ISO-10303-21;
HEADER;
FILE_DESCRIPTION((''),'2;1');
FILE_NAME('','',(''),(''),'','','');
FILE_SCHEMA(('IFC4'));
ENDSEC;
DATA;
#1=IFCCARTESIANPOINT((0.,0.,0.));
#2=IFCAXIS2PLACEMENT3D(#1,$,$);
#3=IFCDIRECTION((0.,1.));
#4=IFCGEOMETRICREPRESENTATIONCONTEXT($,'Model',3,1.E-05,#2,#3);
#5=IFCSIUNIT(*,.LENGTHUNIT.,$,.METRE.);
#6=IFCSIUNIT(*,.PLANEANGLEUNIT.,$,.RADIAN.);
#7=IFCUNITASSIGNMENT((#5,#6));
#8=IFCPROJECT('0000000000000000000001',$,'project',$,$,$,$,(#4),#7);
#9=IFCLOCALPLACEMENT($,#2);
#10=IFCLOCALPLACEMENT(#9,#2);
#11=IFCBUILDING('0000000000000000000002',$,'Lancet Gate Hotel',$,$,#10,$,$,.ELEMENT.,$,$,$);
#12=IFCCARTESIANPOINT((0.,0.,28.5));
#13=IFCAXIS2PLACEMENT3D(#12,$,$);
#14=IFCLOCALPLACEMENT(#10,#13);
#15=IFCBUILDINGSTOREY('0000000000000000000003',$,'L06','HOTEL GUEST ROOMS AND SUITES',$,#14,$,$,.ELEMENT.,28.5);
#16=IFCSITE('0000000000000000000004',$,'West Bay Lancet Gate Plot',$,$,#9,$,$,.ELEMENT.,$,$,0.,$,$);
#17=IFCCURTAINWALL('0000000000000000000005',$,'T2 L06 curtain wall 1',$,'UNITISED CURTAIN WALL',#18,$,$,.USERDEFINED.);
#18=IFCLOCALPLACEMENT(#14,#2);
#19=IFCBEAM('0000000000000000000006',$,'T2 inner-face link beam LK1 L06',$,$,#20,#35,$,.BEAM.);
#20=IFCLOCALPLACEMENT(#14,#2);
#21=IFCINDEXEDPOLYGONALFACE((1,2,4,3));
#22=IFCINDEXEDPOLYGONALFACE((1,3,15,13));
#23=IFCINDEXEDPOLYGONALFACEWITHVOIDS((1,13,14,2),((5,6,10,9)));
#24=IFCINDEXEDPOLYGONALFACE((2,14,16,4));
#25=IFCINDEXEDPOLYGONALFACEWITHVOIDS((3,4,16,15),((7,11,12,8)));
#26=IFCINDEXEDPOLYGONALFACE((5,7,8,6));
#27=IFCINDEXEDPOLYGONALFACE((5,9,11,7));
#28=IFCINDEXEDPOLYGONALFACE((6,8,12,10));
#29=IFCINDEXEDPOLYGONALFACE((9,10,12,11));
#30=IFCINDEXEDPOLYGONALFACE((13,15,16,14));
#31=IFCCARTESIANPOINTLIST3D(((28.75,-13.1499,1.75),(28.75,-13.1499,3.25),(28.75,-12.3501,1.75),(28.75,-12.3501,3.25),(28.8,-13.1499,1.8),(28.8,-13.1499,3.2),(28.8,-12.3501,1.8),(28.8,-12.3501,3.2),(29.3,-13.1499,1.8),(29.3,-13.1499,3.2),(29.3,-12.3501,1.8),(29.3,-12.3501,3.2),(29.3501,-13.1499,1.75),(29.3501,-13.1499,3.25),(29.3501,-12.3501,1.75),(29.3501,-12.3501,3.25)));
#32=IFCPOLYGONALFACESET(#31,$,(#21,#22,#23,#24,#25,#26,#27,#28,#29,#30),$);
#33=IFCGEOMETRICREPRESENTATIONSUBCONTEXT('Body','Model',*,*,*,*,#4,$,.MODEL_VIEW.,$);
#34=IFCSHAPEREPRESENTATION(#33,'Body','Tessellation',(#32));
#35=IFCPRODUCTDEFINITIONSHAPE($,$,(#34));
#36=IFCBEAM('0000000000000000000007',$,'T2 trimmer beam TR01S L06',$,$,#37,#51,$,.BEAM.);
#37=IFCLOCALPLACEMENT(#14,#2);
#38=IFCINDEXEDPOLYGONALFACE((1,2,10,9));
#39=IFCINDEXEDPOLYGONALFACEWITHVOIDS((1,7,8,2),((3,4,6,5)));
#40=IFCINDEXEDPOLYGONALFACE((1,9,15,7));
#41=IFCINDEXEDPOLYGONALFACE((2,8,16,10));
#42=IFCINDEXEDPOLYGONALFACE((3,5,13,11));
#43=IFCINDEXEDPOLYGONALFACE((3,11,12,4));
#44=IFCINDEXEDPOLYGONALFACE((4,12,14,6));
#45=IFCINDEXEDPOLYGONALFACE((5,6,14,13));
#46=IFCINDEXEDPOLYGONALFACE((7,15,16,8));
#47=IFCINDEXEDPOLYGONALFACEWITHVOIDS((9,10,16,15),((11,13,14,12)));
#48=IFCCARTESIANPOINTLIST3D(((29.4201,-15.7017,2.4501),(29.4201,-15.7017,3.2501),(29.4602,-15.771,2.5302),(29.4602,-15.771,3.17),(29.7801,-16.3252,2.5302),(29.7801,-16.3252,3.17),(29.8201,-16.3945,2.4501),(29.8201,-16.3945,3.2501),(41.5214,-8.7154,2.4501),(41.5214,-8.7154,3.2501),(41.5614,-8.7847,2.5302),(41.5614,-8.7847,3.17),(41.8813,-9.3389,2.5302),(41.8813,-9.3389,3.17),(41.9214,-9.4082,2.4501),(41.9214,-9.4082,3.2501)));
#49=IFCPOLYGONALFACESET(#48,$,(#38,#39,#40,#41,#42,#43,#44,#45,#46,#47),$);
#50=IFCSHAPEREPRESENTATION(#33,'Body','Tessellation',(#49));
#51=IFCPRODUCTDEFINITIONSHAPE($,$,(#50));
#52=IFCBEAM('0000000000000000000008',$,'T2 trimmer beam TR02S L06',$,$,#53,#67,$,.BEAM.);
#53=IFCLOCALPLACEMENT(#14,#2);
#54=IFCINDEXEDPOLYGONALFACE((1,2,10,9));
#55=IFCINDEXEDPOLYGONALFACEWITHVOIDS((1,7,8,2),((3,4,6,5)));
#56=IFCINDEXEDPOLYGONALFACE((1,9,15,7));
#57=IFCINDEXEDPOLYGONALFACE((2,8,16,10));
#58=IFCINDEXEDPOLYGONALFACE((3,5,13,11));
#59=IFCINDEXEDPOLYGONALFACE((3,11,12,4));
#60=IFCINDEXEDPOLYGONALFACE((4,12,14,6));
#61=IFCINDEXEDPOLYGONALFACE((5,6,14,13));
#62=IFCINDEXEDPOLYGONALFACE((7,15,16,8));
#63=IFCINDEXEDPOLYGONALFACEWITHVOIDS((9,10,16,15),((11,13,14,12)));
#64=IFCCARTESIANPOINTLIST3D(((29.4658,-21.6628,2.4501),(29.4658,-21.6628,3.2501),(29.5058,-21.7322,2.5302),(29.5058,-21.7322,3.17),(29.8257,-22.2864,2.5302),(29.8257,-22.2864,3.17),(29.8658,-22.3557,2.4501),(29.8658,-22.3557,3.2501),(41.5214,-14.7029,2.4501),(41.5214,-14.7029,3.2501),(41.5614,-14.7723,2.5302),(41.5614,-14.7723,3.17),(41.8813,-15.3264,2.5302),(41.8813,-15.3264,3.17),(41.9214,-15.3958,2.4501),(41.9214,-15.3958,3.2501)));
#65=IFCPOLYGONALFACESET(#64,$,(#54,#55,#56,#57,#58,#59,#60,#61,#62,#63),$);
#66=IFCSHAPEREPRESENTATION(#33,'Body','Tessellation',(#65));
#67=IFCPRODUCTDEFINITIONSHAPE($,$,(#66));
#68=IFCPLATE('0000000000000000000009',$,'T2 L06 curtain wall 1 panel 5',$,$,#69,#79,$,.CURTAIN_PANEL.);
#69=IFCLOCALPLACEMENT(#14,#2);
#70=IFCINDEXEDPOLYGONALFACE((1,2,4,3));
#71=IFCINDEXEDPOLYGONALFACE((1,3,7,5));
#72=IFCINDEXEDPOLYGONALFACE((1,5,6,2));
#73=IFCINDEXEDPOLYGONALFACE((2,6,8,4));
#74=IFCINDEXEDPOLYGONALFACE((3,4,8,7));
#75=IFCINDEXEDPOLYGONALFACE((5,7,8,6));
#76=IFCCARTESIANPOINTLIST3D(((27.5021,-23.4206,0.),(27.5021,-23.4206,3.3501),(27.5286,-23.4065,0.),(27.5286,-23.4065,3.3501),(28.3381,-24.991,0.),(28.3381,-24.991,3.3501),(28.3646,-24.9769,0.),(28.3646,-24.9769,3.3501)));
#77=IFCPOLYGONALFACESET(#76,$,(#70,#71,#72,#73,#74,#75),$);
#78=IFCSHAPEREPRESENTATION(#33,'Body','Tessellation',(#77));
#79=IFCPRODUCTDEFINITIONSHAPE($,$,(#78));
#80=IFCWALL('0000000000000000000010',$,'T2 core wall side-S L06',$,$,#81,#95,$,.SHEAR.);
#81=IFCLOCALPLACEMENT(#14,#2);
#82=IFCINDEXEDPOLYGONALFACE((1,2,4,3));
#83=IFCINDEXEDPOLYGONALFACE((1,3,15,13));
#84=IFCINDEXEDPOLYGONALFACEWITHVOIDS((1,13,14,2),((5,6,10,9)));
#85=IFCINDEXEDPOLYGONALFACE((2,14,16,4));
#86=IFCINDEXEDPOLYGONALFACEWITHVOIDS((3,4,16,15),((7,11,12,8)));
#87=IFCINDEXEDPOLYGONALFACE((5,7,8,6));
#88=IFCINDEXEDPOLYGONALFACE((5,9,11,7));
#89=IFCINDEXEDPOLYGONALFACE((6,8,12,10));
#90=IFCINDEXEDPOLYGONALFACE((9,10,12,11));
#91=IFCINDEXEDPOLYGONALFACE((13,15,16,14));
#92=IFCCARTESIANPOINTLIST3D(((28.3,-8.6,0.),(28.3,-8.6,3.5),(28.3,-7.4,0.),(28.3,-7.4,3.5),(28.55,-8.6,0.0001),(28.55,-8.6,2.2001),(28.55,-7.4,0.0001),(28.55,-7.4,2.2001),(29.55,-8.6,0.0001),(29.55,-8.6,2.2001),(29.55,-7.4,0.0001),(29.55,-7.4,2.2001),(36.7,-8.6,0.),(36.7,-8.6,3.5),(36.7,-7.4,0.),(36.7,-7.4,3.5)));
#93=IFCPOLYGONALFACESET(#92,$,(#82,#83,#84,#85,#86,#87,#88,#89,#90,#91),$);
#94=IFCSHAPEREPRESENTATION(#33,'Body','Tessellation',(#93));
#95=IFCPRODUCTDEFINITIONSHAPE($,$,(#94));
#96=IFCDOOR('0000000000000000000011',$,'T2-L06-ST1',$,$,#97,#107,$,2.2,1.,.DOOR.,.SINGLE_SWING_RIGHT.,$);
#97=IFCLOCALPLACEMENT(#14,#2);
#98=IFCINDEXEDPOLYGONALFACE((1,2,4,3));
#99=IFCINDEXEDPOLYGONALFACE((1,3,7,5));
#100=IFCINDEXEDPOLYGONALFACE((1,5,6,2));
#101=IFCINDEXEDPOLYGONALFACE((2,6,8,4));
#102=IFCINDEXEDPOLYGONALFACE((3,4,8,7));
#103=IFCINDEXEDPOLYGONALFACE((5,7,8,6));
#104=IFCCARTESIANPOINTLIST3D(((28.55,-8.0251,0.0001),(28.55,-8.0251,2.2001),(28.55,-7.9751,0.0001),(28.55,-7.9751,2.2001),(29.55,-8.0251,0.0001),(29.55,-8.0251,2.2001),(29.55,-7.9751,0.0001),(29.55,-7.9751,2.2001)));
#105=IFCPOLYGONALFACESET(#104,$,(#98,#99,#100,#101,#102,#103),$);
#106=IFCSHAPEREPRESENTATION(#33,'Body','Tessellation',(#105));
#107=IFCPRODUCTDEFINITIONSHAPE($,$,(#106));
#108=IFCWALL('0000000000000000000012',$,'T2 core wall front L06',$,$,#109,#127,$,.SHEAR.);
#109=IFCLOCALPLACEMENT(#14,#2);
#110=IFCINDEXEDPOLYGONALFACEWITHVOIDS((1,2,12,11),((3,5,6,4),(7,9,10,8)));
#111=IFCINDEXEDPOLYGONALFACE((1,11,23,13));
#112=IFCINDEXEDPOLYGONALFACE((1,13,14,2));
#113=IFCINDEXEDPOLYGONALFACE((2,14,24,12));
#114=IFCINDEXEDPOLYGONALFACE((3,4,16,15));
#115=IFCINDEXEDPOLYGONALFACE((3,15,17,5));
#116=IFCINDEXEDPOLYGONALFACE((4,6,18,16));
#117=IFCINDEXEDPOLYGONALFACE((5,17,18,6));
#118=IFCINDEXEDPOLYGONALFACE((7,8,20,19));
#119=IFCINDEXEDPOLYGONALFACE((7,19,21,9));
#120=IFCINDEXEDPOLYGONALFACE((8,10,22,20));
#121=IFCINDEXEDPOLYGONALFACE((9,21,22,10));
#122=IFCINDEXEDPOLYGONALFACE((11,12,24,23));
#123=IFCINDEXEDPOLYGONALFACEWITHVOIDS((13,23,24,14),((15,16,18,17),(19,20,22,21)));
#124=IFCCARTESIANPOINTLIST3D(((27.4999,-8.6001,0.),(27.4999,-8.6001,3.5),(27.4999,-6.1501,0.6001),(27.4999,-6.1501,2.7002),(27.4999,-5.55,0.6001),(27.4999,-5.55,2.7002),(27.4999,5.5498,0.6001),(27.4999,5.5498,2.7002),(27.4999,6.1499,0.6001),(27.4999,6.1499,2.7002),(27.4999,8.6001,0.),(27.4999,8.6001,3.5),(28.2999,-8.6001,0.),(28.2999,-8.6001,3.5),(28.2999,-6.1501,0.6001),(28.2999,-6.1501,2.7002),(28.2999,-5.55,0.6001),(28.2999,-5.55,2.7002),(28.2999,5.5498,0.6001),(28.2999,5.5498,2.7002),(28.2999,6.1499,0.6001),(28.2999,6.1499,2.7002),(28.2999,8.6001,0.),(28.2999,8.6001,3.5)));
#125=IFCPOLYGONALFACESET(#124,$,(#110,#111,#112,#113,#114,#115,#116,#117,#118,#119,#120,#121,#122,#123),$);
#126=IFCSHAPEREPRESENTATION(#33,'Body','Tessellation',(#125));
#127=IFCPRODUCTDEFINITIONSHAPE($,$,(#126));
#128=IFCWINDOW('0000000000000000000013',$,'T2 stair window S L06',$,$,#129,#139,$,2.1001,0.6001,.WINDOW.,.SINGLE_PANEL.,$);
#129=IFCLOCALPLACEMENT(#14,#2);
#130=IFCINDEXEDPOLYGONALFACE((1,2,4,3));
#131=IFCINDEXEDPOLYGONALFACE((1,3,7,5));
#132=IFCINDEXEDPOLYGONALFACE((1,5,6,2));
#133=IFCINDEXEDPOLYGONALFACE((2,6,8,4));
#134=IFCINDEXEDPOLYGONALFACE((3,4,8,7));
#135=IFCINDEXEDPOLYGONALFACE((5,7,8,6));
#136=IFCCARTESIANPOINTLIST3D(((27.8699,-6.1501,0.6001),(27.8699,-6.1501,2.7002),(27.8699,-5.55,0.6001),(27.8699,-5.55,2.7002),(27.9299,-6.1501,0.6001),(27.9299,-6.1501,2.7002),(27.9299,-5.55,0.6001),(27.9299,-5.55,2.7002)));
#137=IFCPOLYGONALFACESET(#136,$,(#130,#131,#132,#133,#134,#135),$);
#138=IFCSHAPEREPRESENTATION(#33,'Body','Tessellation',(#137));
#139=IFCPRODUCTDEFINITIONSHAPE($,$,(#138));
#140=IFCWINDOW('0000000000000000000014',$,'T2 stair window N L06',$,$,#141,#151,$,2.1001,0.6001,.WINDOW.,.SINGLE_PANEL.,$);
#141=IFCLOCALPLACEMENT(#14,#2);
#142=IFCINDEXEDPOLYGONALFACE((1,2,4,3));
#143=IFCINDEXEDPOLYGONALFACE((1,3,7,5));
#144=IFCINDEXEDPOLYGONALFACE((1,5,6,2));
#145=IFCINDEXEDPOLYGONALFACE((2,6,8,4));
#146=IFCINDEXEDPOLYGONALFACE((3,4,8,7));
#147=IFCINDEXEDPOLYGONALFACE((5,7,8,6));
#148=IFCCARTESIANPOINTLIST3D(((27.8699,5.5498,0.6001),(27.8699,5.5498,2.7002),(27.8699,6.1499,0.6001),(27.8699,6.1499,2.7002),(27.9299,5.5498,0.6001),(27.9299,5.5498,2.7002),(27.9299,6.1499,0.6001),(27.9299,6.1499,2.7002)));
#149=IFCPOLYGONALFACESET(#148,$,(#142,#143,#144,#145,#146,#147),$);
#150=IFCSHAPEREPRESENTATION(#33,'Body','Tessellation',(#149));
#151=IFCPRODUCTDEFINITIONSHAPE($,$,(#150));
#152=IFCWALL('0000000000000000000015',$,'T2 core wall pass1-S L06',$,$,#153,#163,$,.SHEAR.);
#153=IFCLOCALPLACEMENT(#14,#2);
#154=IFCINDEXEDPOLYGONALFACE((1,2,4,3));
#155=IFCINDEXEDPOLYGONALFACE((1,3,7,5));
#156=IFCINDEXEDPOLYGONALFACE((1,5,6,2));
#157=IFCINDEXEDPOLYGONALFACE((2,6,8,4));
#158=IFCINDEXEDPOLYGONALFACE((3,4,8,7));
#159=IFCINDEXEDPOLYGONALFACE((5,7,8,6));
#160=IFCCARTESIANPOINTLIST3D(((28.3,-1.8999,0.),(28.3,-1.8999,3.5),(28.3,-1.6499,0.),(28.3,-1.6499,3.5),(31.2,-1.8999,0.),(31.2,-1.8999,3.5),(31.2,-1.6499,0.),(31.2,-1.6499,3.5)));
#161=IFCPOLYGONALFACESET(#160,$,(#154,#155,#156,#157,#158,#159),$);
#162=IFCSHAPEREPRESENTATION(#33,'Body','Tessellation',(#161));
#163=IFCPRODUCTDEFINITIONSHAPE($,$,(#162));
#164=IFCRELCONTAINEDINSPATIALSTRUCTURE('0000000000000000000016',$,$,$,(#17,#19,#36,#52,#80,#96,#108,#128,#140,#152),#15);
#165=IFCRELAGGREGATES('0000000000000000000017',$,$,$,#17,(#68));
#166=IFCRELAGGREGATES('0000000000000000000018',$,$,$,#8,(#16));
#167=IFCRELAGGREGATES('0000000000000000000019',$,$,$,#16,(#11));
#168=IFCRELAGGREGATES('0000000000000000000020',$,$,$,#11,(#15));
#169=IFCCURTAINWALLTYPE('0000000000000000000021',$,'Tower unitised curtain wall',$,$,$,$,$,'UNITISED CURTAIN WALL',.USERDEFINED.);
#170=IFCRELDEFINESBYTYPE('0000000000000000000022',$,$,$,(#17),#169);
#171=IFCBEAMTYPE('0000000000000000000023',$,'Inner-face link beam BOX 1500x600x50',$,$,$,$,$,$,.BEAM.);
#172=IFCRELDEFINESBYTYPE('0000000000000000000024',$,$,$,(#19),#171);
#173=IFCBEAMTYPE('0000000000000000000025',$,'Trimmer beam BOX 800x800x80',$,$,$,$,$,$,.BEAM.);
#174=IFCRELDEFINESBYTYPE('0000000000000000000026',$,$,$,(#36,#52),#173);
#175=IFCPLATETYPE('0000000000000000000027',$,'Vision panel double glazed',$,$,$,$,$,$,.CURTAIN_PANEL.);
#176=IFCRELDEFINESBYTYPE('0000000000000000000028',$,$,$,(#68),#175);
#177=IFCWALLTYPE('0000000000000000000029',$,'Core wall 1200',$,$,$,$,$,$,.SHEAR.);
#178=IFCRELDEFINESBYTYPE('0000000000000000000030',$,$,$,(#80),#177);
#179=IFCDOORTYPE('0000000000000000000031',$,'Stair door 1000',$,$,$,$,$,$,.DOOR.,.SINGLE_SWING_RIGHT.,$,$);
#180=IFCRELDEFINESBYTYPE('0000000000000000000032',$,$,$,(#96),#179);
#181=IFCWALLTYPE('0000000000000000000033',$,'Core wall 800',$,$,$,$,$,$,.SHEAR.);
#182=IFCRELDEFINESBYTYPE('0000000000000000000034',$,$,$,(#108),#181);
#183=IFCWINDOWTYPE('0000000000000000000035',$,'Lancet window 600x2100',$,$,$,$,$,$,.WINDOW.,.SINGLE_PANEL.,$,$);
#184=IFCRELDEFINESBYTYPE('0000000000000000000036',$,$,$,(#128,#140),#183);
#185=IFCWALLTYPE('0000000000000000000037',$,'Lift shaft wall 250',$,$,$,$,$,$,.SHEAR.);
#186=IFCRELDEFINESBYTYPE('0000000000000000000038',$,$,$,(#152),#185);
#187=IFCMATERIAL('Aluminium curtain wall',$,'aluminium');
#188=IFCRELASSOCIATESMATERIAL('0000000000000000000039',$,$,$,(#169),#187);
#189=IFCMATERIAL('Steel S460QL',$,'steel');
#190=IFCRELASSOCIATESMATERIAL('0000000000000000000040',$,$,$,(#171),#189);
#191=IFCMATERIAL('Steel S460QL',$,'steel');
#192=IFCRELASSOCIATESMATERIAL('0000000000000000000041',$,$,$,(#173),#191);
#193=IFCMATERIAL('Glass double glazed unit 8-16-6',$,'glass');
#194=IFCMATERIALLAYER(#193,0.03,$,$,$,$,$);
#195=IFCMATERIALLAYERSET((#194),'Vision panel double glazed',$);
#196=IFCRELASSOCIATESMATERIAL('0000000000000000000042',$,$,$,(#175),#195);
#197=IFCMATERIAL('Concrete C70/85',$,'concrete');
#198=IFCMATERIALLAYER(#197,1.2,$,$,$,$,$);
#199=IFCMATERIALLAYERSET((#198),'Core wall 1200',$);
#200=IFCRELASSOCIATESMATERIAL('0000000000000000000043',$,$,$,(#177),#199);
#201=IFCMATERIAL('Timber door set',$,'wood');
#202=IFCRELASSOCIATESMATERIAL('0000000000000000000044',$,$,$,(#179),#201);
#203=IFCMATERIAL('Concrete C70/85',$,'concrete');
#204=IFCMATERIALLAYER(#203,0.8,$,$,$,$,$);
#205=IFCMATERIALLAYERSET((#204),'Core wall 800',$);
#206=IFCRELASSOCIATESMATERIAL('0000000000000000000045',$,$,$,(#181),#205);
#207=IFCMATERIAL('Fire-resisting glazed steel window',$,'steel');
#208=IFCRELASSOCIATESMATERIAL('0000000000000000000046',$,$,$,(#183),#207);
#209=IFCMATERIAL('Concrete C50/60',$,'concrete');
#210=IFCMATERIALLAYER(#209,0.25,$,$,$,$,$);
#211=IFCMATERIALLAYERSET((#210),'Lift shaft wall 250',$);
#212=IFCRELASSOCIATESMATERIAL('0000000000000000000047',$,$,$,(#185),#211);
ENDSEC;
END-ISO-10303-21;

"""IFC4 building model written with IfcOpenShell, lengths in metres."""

from ifc_helpers import new_model, si_unit, direction, frame, frame_2d, origin, origin_2d, place, context, subcontext, project, spatial, rectangle, hollow_rectangle, extrude, material, layer, layer_set, material_profile, profile_set, type_object, element, fill, aggregate, save


model = new_model("IFC4")

# Units and contexts
model_context = context("Model", 3, precision=1e-05, world=origin(), true_north=direction((0.0, 1.0)))
body_context = subcontext(model_context, "Body", "Model", "MODEL_VIEW")
ifc_project = project(units=[si_unit("LENGTHUNIT", "METRE"), si_unit("PLANEANGLEUNIT", "RADIAN")], contexts=[model_context])

# Site, building, storey
site_placement = place(None, origin())
site = spatial("IfcSite", under=ifc_project, at=site_placement, Name="West Bay Lancet Gate Plot", CompositionType="ELEMENT", RefElevation=0.0)
building_placement = place(site_placement, origin())
building = spatial("IfcBuilding", under=site, at=building_placement, Name="Lancet Gate Hotel", CompositionType="ELEMENT")
storey_placement = place(building_placement, frame((0.0, 0.0, 28.5)))
storey = spatial("IfcBuildingStorey", under=building, at=storey_placement, Name="L06", Description="HOTEL GUEST ROOMS AND SUITES", CompositionType="ELEMENT", Elevation=28.5)

# Curtain wall
ifc_material_1 = material(Name="Aluminium curtain wall", Category="aluminium")
curtain_wall_type = type_object("IfcCurtainWallType", Name="Tower unitised curtain wall", ElementType="UNITISED CURTAIN WALL", PredefinedType="USERDEFINED", material=ifc_material_1)
curtain_wall_placement = place(storey_placement, origin())
curtain_wall = element("IfcCurtainWall", 1, at=curtain_wall_placement, inside=storey, type_object=curtain_wall_type, Name="T2 L06 curtain wall 1", ObjectType="UNITISED CURTAIN WALL", PredefinedType="USERDEFINED")

# Beams
ifc_material_2 = material(Name="Steel S460QL", Category="steel")
ifc_material_profile_1 = material_profile(ifc_material_2, hollow_rectangle(XDim=0.6001, YDim=1.5, WallThickness=0.05, at=origin_2d()), Name="BOX 1500x600x50")
ifc_profile_set_1 = profile_set([ifc_material_profile_1], Name="Steel S460QL")
beam_type_1 = type_object("IfcBeamType", Name="Inner-face link beam BOX 1500x600x50", PredefinedType="BEAM", material=ifc_profile_set_1)
beam_1_placement = place(storey_placement, frame((29.05, -13.1499, 2.5), z_axis=(0.0, 1.0, 0.0), x_axis=(-1.0, 0.0, 0.0)))
element("IfcBeam", 2, at=beam_1_placement, inside=storey, type_object=beam_type_1, Name="T2 inner-face link beam LK1 L06", PredefinedType="BEAM", context=body_context, shape_type="SweptSolid", body=[
    extrude(hollow_rectangle(XDim=0.6001, YDim=1.5, WallThickness=0.05, at=origin_2d()), origin(), (0.0, 0.0, 1.0), 0.7998),
])
ifc_material_3 = material(Name="Steel S460QL", Category="steel")
ifc_material_profile_2 = material_profile(ifc_material_3, hollow_rectangle(XDim=0.8, YDim=0.8, WallThickness=0.0801, at=origin_2d()), Name="BOX 800x800x80")
ifc_profile_set_2 = profile_set([ifc_material_profile_2], Name="Steel S460QL")
beam_type_2 = type_object("IfcBeamType", Name="Trimmer beam BOX 800x800x80", PredefinedType="BEAM", material=ifc_profile_set_2)
beam_2_placement = place(storey_placement, frame((29.6201, -16.0481, 2.8501), z_axis=(0.866037, 0.49998, 0.0), x_axis=(-0.49998, 0.866037, 0.0)))
element("IfcBeam", 3, at=beam_2_placement, inside=storey, type_object=beam_type_2, Name="T2 trimmer beam TR01S L06", PredefinedType="BEAM", context=body_context, shape_type="SweptSolid", body=[
    extrude(hollow_rectangle(XDim=0.8, YDim=0.8, WallThickness=0.0801, at=origin_2d()), origin(), (0.0, 0.0, 1.0), 13.9731),
])
beam_3_placement = place(storey_placement, frame((29.6658, -22.0093, 2.8501), z_axis=(0.866037, 0.49998, 0.0), x_axis=(-0.49998, 0.866037, 0.0)))
element("IfcBeam", 4, at=beam_3_placement, inside=storey, type_object=beam_type_2, Name="T2 trimmer beam TR02S L06", PredefinedType="BEAM", context=body_context, shape_type="SweptSolid", body=[
    extrude(hollow_rectangle(XDim=0.8, YDim=0.8, WallThickness=0.0801, at=origin_2d()), origin(), (0.0, 0.0, 1.0), 13.9204),
])

# Plate
ifc_material_4 = material(Name="Glass double glazed unit 8-16-6", Category="glass")
ifc_layer_1 = layer(ifc_material_4, 0.03)
ifc_layer_set_1 = layer_set([ifc_layer_1], Name="Vision panel double glazed")
plate_type = type_object("IfcPlateType", Name="Vision panel double glazed", PredefinedType="CURTAIN_PANEL", material=ifc_layer_set_1)
plate_placement = place(storey_placement, frame((27.9333, -24.1987, 0.0), z_axis=(0.0, 0.0, 1.0), x_axis=(0.469898, -0.882721, 0.0)))
plate = element("IfcPlate", 5, at=plate_placement, type_object=plate_type, Name="T2 L06 curtain wall 1 panel 5", PredefinedType="CURTAIN_PANEL", context=body_context, shape_type="SweptSolid", body=[
    extrude(rectangle(XDim=1.7791, YDim=0.03, at=origin_2d()), origin(), (0.0, 0.0, 1.0), 3.3501),
])
aggregate(curtain_wall, [plate])

# Wall, opening, door
ifc_material_5 = material(Name="Concrete C70/85", Category="concrete")
ifc_layer_2 = layer(ifc_material_5, 1.2)
ifc_layer_set_2 = layer_set([ifc_layer_2], Name="Core wall 1200")
wall_type_1 = type_object("IfcWallType", Name="Core wall 1200", PredefinedType="SHEAR", material=ifc_layer_set_2)
wall_1_placement = place(storey_placement, frame((28.3, -8.0, 0.0), z_axis=(0.0, 0.0, 1.0), x_axis=(1.0, 0.0, 0.0)))
wall_1 = element("IfcWall", 6, at=wall_1_placement, inside=storey, type_object=wall_type_1, Name="T2 core wall side-S L06", PredefinedType="SHEAR", context=body_context, shape_type="SweptSolid", body=[
    extrude(rectangle(XDim=8.3999, YDim=1.2, at=frame_2d((4.2, 0.0))), origin(), (0.0, 0.0, 1.0), 3.5),
])
opening_1_placement = place(wall_1_placement, frame((0.25, 0.0, 0.0)))
opening_1 = element("IfcOpeningElement", 7, at=opening_1_placement, cuts=wall_1, PredefinedType="OPENING", context=body_context, shape_type="SweptSolid", body=[
    extrude(rectangle(XDim=1.0, YDim=2.2, at=frame_2d((0.5, 1.1001))), frame((0.0, 0.6099, 0.0), z_axis=(0.0, -1.0, 0.0), x_axis=(1.0, 0.0, 0.0)), (0.0, 0.0, 1.0), 1.22),
])
ifc_material_6 = material(Name="Timber door set", Category="wood")
door_type = type_object("IfcDoorType", Name="Stair door 1000", OperationType="SINGLE_SWING_RIGHT", PredefinedType="DOOR", material=ifc_material_6)
door_placement = place(opening_1_placement, origin())
door = element("IfcDoor", 8, at=door_placement, inside=storey, type_object=door_type, Name="T2-L06-ST1", OperationType="SINGLE_SWING_RIGHT", OverallHeight=2.2, OverallWidth=1.0, PredefinedType="DOOR", context=body_context, shape_type="SweptSolid", body=[
    extrude(rectangle(XDim=1.0, YDim=2.2, at=frame_2d((0.5, 1.1001))), frame((0.0, 0.0249, 0.0), z_axis=(0.0, -1.0, 0.0), x_axis=(1.0, 0.0, 0.0)), (0.0, 0.0, 1.0), 0.05),
])
fill(opening_1, door)

# Wall, openings, windows
ifc_material_7 = material(Name="Concrete C70/85", Category="concrete")
ifc_layer_3 = layer(ifc_material_7, 0.8)
ifc_layer_set_3 = layer_set([ifc_layer_3], Name="Core wall 800")
wall_type_2 = type_object("IfcWallType", Name="Core wall 800", PredefinedType="SHEAR", material=ifc_layer_set_3)
wall_2_placement = place(storey_placement, frame((27.8999, -8.6001, 0.0), z_axis=(0.0, 0.0, 1.0), x_axis=(0.0, 1.0, 0.0)))
wall_2 = element("IfcWall", 9, at=wall_2_placement, inside=storey, type_object=wall_type_2, Name="T2 core wall front L06", PredefinedType="SHEAR", context=body_context, shape_type="SweptSolid", body=[
    extrude(rectangle(XDim=17.2002, YDim=0.8, at=frame_2d((8.6001, 0.0))), origin(), (0.0, 0.0, 1.0), 3.5),
])
opening_2_placement = place(wall_2_placement, frame((2.45, 0.0, 0.6001)))
opening_2 = element("IfcOpeningElement", 10, at=opening_2_placement, cuts=wall_2, PredefinedType="OPENING", context=body_context, shape_type="SweptSolid", body=[
    extrude(rectangle(XDim=0.6001, YDim=2.1001, at=frame_2d((0.3, 1.05))), frame((0.0, 0.4099, 0.0), z_axis=(0.0, -1.0, 0.0), x_axis=(1.0, 0.0, 0.0)), (0.0, 0.0, 1.0), 0.8201),
])
opening_3_placement = place(wall_2_placement, frame((14.1499, 0.0, 0.6001)))
opening_3 = element("IfcOpeningElement", 11, at=opening_3_placement, cuts=wall_2, PredefinedType="OPENING", context=body_context, shape_type="SweptSolid", body=[
    extrude(rectangle(XDim=0.6001, YDim=2.1001, at=frame_2d((0.3, 1.05))), frame((0.0, 0.4099, 0.0), z_axis=(0.0, -1.0, 0.0), x_axis=(1.0, 0.0, 0.0)), (0.0, 0.0, 1.0), 0.8201),
])
ifc_material_8 = material(Name="Fire-resisting glazed steel window", Category="steel")
window_type = type_object("IfcWindowType", Name="Lancet window 600x2100", PartitioningType="SINGLE_PANEL", PredefinedType="WINDOW", material=ifc_material_8)
window_1_placement = place(opening_2_placement, origin())
window_1 = element("IfcWindow", 12, at=window_1_placement, inside=storey, type_object=window_type, Name="T2 stair window S L06", OverallHeight=2.1001, OverallWidth=0.6001, PartitioningType="SINGLE_PANEL", PredefinedType="WINDOW", context=body_context, shape_type="SweptSolid", body=[
    extrude(rectangle(XDim=0.6001, YDim=2.1001, at=frame_2d((0.3, 1.05))), frame((0.0, 0.03, 0.0), z_axis=(0.0, -1.0, 0.0), x_axis=(1.0, 0.0, 0.0)), (0.0, 0.0, 1.0), 0.0601),
])
fill(opening_2, window_1)
window_2_placement = place(opening_3_placement, origin())
window_2 = element("IfcWindow", 13, at=window_2_placement, inside=storey, type_object=window_type, Name="T2 stair window N L06", OverallHeight=2.1001, OverallWidth=0.6001, PartitioningType="SINGLE_PANEL", PredefinedType="WINDOW", context=body_context, shape_type="SweptSolid", body=[
    extrude(rectangle(XDim=0.6001, YDim=2.1001, at=frame_2d((0.3, 1.05))), frame((0.0, 0.03, 0.0), z_axis=(0.0, -1.0, 0.0), x_axis=(1.0, 0.0, 0.0)), (0.0, 0.0, 1.0), 0.0601),
])
fill(opening_3, window_2)

# Wall
ifc_material_9 = material(Name="Concrete C50/60", Category="concrete")
ifc_layer_4 = layer(ifc_material_9, 0.25)
ifc_layer_set_4 = layer_set([ifc_layer_4], Name="Lift shaft wall 250")
wall_type_3 = type_object("IfcWallType", Name="Lift shaft wall 250", PredefinedType="SHEAR", material=ifc_layer_set_4)
wall_3_placement = place(storey_placement, frame((28.3, -1.7749, 0.0), z_axis=(0.0, 0.0, 1.0), x_axis=(1.0, 0.0, 0.0)))
element("IfcWall", 14, at=wall_3_placement, inside=storey, type_object=wall_type_3, Name="T2 core wall pass1-S L06", PredefinedType="SHEAR", context=body_context, shape_type="SweptSolid", body=[
    extrude(rectangle(XDim=2.8999, YDim=0.25, at=frame_2d((1.45, 0.0))), origin(), (0.0, 0.0, 1.0), 3.5),
])

save(model, "model.ifc")
